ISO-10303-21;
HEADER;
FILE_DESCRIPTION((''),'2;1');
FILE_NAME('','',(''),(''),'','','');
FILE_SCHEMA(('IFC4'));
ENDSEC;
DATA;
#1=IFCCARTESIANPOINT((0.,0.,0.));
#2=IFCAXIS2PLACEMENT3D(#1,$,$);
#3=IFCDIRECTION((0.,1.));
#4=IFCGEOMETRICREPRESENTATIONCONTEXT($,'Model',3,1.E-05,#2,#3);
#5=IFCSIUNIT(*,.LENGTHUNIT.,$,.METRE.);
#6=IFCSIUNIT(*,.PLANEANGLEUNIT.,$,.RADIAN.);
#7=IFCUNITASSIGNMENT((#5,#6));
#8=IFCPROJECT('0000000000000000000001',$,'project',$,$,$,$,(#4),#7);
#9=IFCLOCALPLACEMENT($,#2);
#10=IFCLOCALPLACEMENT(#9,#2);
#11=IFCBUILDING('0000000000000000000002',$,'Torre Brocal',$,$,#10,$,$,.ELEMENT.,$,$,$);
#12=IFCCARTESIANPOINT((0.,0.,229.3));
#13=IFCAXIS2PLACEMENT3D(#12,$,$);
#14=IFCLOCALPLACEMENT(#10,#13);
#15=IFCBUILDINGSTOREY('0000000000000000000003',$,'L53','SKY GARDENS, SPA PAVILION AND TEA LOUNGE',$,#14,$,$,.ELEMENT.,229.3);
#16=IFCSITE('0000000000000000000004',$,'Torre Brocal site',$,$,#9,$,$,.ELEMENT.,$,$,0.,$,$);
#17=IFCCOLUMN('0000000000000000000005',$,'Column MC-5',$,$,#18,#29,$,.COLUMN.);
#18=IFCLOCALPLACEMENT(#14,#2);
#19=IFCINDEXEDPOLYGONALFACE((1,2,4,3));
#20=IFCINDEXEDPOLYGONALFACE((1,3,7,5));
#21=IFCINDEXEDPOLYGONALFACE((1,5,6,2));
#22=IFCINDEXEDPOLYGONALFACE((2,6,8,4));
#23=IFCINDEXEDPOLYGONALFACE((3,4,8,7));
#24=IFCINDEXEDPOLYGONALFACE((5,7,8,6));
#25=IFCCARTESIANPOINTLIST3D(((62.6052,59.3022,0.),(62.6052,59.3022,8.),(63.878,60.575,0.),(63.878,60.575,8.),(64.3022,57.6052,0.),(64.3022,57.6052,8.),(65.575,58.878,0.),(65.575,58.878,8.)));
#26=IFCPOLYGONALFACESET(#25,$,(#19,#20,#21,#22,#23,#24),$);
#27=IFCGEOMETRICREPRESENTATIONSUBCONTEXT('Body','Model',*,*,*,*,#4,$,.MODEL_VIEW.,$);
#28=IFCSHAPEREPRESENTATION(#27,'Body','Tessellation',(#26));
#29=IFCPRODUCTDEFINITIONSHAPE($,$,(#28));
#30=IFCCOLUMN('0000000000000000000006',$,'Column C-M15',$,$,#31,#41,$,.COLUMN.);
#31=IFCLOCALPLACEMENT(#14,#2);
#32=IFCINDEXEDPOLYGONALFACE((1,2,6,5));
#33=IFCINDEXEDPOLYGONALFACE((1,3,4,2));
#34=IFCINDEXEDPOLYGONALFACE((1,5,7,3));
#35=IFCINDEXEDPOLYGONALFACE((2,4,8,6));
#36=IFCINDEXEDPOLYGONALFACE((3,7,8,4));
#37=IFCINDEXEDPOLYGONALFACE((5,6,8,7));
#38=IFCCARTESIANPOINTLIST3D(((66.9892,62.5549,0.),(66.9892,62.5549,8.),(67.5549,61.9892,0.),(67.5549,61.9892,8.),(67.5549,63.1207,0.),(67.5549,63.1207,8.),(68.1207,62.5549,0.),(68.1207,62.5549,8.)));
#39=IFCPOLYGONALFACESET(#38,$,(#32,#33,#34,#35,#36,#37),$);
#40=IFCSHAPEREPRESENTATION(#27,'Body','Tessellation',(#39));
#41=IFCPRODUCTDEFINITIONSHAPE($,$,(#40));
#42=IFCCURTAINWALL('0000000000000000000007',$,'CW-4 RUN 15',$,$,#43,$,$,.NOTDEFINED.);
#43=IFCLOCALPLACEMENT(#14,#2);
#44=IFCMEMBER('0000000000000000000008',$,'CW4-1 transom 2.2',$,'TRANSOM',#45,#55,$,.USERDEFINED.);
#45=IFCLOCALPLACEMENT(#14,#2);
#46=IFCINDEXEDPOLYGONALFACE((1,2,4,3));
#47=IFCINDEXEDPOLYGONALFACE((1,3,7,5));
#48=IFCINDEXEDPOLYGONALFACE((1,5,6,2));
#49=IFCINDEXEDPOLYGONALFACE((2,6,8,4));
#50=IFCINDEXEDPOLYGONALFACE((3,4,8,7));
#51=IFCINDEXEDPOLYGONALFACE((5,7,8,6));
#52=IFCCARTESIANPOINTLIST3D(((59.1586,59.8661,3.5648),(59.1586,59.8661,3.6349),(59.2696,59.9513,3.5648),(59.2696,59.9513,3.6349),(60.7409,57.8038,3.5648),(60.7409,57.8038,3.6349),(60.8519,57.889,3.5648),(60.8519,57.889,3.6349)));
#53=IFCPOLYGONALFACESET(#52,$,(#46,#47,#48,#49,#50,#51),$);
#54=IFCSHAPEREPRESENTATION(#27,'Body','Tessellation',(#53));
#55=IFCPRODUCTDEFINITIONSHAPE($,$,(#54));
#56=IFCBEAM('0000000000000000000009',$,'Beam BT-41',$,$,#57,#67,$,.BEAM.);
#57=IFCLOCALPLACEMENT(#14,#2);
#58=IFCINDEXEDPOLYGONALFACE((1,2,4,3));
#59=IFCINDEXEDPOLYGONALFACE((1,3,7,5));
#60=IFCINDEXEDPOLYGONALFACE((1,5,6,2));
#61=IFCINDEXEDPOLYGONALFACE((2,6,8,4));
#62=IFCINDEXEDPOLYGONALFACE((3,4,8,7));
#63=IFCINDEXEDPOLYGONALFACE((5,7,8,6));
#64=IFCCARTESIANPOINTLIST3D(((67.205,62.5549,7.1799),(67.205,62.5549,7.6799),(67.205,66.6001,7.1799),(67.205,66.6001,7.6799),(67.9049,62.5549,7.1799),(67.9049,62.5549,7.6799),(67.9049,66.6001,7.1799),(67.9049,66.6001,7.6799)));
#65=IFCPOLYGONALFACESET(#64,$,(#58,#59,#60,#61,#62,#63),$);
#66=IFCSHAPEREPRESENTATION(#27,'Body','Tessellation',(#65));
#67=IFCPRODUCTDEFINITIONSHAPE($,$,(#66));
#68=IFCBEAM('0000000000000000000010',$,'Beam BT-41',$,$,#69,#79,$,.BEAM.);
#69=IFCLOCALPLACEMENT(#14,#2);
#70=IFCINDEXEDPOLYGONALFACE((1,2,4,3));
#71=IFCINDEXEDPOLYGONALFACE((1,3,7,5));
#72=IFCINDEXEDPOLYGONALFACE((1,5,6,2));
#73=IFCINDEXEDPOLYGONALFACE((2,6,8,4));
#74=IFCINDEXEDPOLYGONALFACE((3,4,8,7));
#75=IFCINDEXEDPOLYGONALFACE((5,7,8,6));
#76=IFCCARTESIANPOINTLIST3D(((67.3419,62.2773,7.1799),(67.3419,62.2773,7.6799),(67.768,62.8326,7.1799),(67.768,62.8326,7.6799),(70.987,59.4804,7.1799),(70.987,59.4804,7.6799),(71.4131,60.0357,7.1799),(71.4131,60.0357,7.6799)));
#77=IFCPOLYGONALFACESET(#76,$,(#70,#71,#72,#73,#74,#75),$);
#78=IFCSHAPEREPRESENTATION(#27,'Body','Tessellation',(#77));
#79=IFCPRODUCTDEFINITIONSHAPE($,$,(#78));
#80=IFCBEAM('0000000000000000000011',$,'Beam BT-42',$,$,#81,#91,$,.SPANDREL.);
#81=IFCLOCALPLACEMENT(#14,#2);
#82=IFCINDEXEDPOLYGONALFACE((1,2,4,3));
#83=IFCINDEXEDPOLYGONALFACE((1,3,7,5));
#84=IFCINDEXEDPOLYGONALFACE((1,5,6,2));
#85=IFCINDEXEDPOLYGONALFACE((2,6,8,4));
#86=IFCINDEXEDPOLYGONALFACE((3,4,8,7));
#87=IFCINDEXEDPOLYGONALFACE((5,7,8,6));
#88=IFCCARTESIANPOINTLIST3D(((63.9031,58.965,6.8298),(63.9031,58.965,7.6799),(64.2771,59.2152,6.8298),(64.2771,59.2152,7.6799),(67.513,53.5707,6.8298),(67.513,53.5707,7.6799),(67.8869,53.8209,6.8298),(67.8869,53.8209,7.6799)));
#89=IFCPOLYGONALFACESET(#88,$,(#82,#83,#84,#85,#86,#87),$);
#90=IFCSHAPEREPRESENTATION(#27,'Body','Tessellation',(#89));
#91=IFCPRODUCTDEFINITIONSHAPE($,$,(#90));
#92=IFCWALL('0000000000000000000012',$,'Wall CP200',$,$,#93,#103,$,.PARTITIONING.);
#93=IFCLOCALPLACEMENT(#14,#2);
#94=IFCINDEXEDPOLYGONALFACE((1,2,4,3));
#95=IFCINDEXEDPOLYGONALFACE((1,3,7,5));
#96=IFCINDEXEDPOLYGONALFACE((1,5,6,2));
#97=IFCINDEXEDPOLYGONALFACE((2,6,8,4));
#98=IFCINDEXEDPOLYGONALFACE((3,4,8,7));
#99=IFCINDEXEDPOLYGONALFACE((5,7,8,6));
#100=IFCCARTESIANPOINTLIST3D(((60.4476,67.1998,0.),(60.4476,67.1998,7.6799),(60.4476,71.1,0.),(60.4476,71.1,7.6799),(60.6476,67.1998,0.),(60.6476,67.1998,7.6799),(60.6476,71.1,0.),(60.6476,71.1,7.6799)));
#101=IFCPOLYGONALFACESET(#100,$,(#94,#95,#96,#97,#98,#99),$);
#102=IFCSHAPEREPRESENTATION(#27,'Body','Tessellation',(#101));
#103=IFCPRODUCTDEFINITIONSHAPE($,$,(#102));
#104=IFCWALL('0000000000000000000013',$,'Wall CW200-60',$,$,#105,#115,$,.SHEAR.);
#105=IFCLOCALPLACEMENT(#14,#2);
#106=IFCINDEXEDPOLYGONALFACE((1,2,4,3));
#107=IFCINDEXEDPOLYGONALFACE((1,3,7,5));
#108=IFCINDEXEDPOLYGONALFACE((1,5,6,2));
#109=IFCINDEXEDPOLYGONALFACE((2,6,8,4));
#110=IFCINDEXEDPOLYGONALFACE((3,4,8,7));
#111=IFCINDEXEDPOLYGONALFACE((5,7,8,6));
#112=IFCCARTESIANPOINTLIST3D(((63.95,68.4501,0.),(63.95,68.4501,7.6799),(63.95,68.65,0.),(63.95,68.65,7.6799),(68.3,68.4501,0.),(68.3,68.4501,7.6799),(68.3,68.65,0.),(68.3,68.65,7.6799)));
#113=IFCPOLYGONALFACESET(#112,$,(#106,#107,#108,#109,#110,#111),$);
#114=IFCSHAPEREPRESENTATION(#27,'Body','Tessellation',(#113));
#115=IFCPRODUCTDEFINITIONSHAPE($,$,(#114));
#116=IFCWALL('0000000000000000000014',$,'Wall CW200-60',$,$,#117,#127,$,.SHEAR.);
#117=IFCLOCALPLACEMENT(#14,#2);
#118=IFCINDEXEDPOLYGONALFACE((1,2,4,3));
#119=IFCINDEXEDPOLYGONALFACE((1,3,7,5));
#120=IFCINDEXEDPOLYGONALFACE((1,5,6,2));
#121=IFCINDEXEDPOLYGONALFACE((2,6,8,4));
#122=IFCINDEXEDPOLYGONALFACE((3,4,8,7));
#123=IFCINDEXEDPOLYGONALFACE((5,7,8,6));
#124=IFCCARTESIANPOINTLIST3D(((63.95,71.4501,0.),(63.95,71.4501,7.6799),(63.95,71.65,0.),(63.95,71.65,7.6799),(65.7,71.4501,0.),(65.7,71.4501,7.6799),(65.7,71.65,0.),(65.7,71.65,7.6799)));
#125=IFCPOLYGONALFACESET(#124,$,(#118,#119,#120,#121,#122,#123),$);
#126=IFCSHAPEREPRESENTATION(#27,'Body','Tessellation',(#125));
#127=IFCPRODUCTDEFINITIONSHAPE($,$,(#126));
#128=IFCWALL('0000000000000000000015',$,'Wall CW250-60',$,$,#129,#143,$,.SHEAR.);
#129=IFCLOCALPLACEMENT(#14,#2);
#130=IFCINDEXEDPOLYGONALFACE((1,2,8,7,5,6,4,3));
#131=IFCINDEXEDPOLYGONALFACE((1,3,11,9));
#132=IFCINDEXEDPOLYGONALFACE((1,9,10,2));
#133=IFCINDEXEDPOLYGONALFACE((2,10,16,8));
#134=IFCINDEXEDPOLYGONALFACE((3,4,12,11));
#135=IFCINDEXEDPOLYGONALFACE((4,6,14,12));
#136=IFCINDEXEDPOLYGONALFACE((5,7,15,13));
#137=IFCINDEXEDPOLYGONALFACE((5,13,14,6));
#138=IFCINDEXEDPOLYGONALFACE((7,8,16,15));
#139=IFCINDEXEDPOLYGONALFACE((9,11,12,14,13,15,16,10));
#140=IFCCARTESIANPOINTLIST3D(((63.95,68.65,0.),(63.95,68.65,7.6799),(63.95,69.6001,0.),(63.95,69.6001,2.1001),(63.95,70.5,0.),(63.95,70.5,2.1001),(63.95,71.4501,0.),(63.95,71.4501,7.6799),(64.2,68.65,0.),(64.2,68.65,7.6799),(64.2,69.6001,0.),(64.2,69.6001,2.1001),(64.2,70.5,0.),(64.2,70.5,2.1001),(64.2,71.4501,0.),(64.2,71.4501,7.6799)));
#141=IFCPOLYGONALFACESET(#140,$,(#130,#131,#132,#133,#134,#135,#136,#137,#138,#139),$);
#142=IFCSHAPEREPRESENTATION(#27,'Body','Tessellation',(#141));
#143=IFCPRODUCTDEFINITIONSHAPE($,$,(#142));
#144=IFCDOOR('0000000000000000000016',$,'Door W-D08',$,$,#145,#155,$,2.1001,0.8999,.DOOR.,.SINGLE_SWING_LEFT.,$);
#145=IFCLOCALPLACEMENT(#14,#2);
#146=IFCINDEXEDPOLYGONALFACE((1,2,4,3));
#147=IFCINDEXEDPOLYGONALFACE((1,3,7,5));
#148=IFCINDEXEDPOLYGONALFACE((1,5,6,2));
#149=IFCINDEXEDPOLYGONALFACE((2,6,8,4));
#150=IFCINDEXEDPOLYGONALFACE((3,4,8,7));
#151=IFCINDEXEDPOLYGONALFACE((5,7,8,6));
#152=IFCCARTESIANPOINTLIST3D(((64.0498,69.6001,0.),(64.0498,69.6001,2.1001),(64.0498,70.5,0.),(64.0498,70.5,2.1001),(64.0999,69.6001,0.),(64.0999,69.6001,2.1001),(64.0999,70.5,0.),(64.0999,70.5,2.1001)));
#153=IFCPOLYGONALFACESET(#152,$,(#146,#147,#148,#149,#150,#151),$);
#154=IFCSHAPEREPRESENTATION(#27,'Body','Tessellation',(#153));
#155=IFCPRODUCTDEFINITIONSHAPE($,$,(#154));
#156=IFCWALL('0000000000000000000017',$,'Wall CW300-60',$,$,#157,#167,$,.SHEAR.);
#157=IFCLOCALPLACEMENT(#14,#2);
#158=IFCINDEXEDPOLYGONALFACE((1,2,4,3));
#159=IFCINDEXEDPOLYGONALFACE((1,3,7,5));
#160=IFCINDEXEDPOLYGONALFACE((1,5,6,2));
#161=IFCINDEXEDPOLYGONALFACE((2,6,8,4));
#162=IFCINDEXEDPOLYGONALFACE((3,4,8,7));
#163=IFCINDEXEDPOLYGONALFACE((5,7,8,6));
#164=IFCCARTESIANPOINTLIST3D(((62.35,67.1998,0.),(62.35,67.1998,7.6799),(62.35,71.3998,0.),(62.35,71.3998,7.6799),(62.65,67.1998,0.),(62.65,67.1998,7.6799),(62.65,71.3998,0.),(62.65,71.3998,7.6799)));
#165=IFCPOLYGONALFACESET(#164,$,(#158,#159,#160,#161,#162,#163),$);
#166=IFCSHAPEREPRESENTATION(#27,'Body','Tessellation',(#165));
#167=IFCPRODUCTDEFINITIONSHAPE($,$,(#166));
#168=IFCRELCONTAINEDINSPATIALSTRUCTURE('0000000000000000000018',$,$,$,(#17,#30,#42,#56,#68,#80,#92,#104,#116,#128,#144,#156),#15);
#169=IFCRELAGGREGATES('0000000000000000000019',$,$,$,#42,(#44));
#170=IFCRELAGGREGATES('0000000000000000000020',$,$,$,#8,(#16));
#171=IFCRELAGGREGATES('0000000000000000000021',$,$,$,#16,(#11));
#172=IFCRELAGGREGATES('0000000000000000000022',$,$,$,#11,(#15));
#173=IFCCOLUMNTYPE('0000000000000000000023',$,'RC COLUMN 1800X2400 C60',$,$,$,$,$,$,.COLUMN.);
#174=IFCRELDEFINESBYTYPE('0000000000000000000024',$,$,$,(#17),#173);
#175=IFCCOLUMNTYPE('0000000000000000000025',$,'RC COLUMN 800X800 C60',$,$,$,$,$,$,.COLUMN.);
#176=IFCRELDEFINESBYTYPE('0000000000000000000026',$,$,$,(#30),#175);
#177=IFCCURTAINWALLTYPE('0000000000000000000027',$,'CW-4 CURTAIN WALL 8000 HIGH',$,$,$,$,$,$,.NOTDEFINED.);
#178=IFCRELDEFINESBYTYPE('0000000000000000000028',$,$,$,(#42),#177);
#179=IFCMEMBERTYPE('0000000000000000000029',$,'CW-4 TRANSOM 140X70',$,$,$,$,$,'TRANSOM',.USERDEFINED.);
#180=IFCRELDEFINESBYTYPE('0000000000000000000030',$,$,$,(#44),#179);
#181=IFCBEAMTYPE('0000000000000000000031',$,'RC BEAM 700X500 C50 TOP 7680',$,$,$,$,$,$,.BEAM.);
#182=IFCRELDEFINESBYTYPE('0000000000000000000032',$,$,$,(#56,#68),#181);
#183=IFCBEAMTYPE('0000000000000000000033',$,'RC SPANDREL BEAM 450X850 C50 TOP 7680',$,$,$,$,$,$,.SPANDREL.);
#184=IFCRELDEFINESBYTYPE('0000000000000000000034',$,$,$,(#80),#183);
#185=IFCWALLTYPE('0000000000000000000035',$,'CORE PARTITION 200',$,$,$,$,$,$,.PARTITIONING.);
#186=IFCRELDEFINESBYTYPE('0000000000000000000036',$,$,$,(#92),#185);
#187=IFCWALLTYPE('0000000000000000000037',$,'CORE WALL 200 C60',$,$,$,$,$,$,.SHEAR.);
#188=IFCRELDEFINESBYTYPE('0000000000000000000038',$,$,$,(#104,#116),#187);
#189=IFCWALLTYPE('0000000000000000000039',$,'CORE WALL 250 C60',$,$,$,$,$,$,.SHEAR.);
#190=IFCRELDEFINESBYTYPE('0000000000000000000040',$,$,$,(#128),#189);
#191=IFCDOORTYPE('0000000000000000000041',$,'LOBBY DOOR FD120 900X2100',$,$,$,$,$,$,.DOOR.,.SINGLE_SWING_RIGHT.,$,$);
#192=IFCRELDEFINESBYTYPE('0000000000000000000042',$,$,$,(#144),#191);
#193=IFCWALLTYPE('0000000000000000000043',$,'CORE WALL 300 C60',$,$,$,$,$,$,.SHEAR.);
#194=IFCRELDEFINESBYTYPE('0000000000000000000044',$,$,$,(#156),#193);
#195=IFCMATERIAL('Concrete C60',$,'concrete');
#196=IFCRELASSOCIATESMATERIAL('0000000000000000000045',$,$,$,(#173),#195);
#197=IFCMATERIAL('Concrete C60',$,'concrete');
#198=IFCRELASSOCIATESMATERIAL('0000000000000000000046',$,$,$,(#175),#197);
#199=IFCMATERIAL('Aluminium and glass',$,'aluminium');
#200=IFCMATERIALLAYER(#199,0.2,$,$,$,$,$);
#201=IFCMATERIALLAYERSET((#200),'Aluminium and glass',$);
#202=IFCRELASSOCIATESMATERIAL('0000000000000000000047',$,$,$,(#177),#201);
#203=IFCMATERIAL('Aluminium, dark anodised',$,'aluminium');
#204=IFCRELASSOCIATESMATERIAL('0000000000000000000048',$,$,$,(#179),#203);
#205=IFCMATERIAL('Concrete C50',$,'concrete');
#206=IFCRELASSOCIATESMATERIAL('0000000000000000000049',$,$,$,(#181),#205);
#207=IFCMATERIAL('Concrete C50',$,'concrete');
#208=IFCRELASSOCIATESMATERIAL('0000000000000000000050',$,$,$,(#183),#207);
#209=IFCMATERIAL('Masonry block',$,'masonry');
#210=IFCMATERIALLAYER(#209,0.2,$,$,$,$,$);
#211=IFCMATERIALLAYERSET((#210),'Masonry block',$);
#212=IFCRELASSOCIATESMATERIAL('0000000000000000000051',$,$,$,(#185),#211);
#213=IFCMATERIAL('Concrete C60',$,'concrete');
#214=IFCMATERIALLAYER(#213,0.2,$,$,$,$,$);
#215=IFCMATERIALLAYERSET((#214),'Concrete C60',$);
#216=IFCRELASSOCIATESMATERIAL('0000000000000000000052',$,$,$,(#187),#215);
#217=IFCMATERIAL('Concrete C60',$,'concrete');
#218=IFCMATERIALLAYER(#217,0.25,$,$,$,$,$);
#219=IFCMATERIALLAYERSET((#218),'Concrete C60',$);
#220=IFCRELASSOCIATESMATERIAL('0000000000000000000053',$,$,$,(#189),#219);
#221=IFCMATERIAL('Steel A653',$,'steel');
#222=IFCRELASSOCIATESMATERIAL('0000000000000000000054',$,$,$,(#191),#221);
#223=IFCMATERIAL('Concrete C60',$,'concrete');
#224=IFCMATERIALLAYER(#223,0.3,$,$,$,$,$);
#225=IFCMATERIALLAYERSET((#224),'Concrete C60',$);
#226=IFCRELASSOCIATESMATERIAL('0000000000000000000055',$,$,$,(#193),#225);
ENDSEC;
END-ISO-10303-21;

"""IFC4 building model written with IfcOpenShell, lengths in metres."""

from ifc_helpers import new_model, si_unit, direction, frame, frame_2d, origin, origin_2d, place, context, subcontext, project, spatial, rectangle, extrude, material, layer, layer_set, material_profile, profile_set, type_object, element, fill, aggregate, save


model = new_model("IFC4")

# Units and contexts
model_context = context("Model", 3, precision=1e-05, world=origin(), true_north=direction((0.0, 1.0)))
body_context = subcontext(model_context, "Body", "Model", "MODEL_VIEW")
ifc_project = project(units=[si_unit("LENGTHUNIT", "METRE"), si_unit("PLANEANGLEUNIT", "RADIAN")], contexts=[model_context])

# Site, building, storey
site_placement = place(None, origin())
site = spatial("IfcSite", under=ifc_project, at=site_placement, Name="Torre Brocal site", CompositionType="ELEMENT", RefElevation=0.0)
building_placement = place(site_placement, origin())
building = spatial("IfcBuilding", under=site, at=building_placement, Name="Torre Brocal", CompositionType="ELEMENT")
storey_placement = place(building_placement, frame((0.0, 0.0, 229.3)))
storey = spatial("IfcBuildingStorey", under=building, at=storey_placement, Name="L53", Description="SKY GARDENS, SPA PAVILION AND TEA LOUNGE", CompositionType="ELEMENT", Elevation=229.3)

# Columns
ifc_material_1 = material(Name="Concrete C60", Category="concrete")
ifc_material_profile_1 = material_profile(ifc_material_1, rectangle(XDim=1.8, YDim=2.3999, at=origin_2d()), Name="RC 1800X2400")
ifc_profile_set_1 = profile_set([ifc_material_profile_1], Name="Concrete C60")
column_type_1 = type_object("IfcColumnType", Name="RC COLUMN 1800X2400 C60", PredefinedType="COLUMN", material=ifc_profile_set_1)
column_1_placement = place(storey_placement, frame((64.0901, 59.0901, 0.0), z_axis=(0.0, 0.0, 1.0), x_axis=(-0.707107, -0.707107, 0.0)))
element("IfcColumn", 1, at=column_1_placement, inside=storey, type_object=column_type_1, Name="Column MC-5", PredefinedType="COLUMN", context=body_context, shape_type="SweptSolid", body=[
    extrude(rectangle(XDim=1.8, YDim=2.3999, at=origin_2d()), origin(), (0.0, 0.0, 1.0), 8.0),
])
ifc_material_2 = material(Name="Concrete C60", Category="concrete")
ifc_material_profile_2 = material_profile(ifc_material_2, rectangle(XDim=0.8, YDim=0.8, at=origin_2d()), Name="RC 800X800")
ifc_profile_set_2 = profile_set([ifc_material_profile_2], Name="Concrete C60")
column_type_2 = type_object("IfcColumnType", Name="RC COLUMN 800X800 C60", PredefinedType="COLUMN", material=ifc_profile_set_2)
column_2_placement = place(storey_placement, frame((67.5549, 62.5549, 0.0), z_axis=(0.0, 0.0, 1.0), x_axis=(-0.707107, -0.707107, 0.0)))
element("IfcColumn", 2, at=column_2_placement, inside=storey, type_object=column_type_2, Name="Column C-M15", PredefinedType="COLUMN", context=body_context, shape_type="SweptSolid", body=[
    extrude(rectangle(XDim=0.8, YDim=0.8, at=origin_2d()), origin(), (0.0, 0.0, 1.0), 8.0),
])

# Curtain wall, member
ifc_material_3 = material(Name="Aluminium and glass", Category="aluminium")
ifc_layer_1 = layer(ifc_material_3, 0.2)
ifc_layer_set_1 = layer_set([ifc_layer_1], Name="Aluminium and glass")
curtain_wall_type = type_object("IfcCurtainWallType", Name="CW-4 CURTAIN WALL 8000 HIGH", PredefinedType="NOTDEFINED", material=ifc_layer_set_1)
curtain_wall_placement = place(storey_placement, origin())
curtain_wall = element("IfcCurtainWall", 3, at=curtain_wall_placement, inside=storey, type_object=curtain_wall_type, Name="CW-4 RUN 15", PredefinedType="NOTDEFINED")
ifc_material_4 = material(Name="Aluminium, dark anodised", Category="aluminium")
ifc_material_profile_3 = material_profile(ifc_material_4, rectangle(XDim=0.1399, YDim=0.0701, at=origin_2d()), Name="CW-4 TRANSOM 140X70")
ifc_profile_set_3 = profile_set([ifc_material_profile_3], Name="Aluminium, dark anodised")
member_type = type_object("IfcMemberType", Name="CW-4 TRANSOM 140X70", ElementType="TRANSOM", PredefinedType="USERDEFINED", material=ifc_profile_set_3)
member_placement = place(storey_placement, frame((59.2141, 59.9087, 3.5999), z_axis=(0.608725, -0.793381, 0.0), x_axis=(0.793381, 0.608725, 0.0)))
member = element("IfcMember", 4, at=member_placement, type_object=member_type, Name="CW4-1 transom 2.2", ObjectType="TRANSOM", PredefinedType="USERDEFINED", context=body_context, shape_type="SweptSolid", body=[
    extrude(rectangle(XDim=0.1399, YDim=0.0701, at=origin_2d()), origin(), (0.0, 0.0, 1.0), 2.5994),
])
aggregate(curtain_wall, [member])

# Beams
ifc_material_5 = material(Name="Concrete C50", Category="concrete")
ifc_material_profile_4 = material_profile(ifc_material_5, rectangle(XDim=0.7, YDim=0.5, at=origin_2d()), Name="RC 700X500")
ifc_profile_set_4 = profile_set([ifc_material_profile_4], Name="Concrete C50")
beam_type_1 = type_object("IfcBeamType", Name="RC BEAM 700X500 C50 TOP 7680", PredefinedType="BEAM", material=ifc_profile_set_4)
beam_1_placement = place(storey_placement, frame((67.5549, 62.5549, 7.4299), z_axis=(0.0, 1.0, 0.0), x_axis=(-1.0, 0.0, 0.0)))
element("IfcBeam", 5, at=beam_1_placement, inside=storey, type_object=beam_type_1, Name="Beam BT-41", PredefinedType="BEAM", context=body_context, shape_type="SweptSolid", body=[
    extrude(rectangle(XDim=0.7, YDim=0.5, at=origin_2d()), origin(), (0.0, 0.0, 1.0), 4.0452),
])
beam_2_placement = place(storey_placement, frame((67.5549, 62.5549, 7.4299), z_axis=(0.793358, -0.608755, 0.0), x_axis=(0.608755, 0.793358, 0.0)))
element("IfcBeam", 6, at=beam_2_placement, inside=storey, type_object=beam_type_1, Name="Beam BT-41", PredefinedType="BEAM", context=body_context, shape_type="SweptSolid", body=[
    extrude(rectangle(XDim=0.7, YDim=0.5, at=origin_2d()), origin(), (0.0, 0.0, 1.0), 4.5945),
])
ifc_material_6 = material(Name="Concrete C50", Category="concrete")
ifc_material_profile_5 = material_profile(ifc_material_6, rectangle(XDim=0.45, YDim=0.8501, at=origin_2d()), Name="RC 450X850")
ifc_profile_set_5 = profile_set([ifc_material_profile_5], Name="Concrete C50")
beam_type_2 = type_object("IfcBeamType", Name="RC SPANDREL BEAM 450X850 C50 TOP 7680", PredefinedType="SPANDREL", material=ifc_profile_set_5)
beam_3_placement = place(storey_placement, frame((64.0901, 59.0901, 7.2549), z_axis=(0.556158, -0.831077, 0.0), x_axis=(0.831077, 0.556158, 0.0)))
element("IfcBeam", 7, at=beam_3_placement, inside=storey, type_object=beam_type_2, Name="Beam BT-42", PredefinedType="SPANDREL", context=body_context, shape_type="SweptSolid", body=[
    extrude(rectangle(XDim=0.45, YDim=0.8501, at=origin_2d()), origin(), (0.0, 0.0, 1.0), 6.4907),
])

# Walls
ifc_material_7 = material(Name="Masonry block", Category="masonry")
ifc_layer_2 = layer(ifc_material_7, 0.2)
ifc_layer_set_2 = layer_set([ifc_layer_2], Name="Masonry block")
wall_type_1 = type_object("IfcWallType", Name="CORE PARTITION 200", PredefinedType="PARTITIONING", material=ifc_layer_set_2)
wall_1_placement = place(storey_placement, frame((60.5476, 71.1001, 0.0), z_axis=(0.0, 0.0, 1.0), x_axis=(0.0, -1.0, 0.0)))
element("IfcWall", 8, at=wall_1_placement, inside=storey, type_object=wall_type_1, Name="Wall CP200", PredefinedType="PARTITIONING", context=body_context, shape_type="SweptSolid", body=[
    extrude(rectangle(XDim=3.9001, YDim=0.2, at=frame_2d((1.9502, 0.0))), origin(), (0.0, 0.0, 1.0), 7.6799),
])
ifc_material_8 = material(Name="Concrete C60", Category="concrete")
ifc_layer_3 = layer(ifc_material_8, 0.2)
ifc_layer_set_3 = layer_set([ifc_layer_3], Name="Concrete C60")
wall_type_2 = type_object("IfcWallType", Name="CORE WALL 200 C60", PredefinedType="SHEAR", material=ifc_layer_set_3)
wall_2_placement = place(storey_placement, frame((68.3, 68.55, 0.0), z_axis=(0.0, 0.0, 1.0), x_axis=(-1.0, 0.0, 0.0)))
element("IfcWall", 9, at=wall_2_placement, inside=storey, type_object=wall_type_2, Name="Wall CW200-60", PredefinedType="SHEAR", context=body_context, shape_type="SweptSolid", body=[
    extrude(rectangle(XDim=4.3501, YDim=0.2, at=frame_2d((2.175, 0.0))), origin(), (0.0, 0.0, 1.0), 7.6799),
])
wall_3_placement = place(storey_placement, frame((65.7, 71.55, 0.0), z_axis=(0.0, 0.0, 1.0), x_axis=(-1.0, 0.0, 0.0)))
element("IfcWall", 10, at=wall_3_placement, inside=storey, type_object=wall_type_2, Name="Wall CW200-60", PredefinedType="SHEAR", context=body_context, shape_type="SweptSolid", body=[
    extrude(rectangle(XDim=1.75, YDim=0.2, at=frame_2d((0.875, 0.0))), origin(), (0.0, 0.0, 1.0), 7.6799),
])

# Wall, opening, door
ifc_material_9 = material(Name="Concrete C60", Category="concrete")
ifc_layer_4 = layer(ifc_material_9, 0.25)
ifc_layer_set_4 = layer_set([ifc_layer_4], Name="Concrete C60")
wall_type_3 = type_object("IfcWallType", Name="CORE WALL 250 C60", PredefinedType="SHEAR", material=ifc_layer_set_4)
wall_4_placement = place(storey_placement, frame((64.075, 71.45, 0.0), z_axis=(0.0, 0.0, 1.0), x_axis=(0.0, -1.0, 0.0)))
wall_4 = element("IfcWall", 11, at=wall_4_placement, inside=storey, type_object=wall_type_3, Name="Wall CW250-60", PredefinedType="SHEAR", context=body_context, shape_type="SweptSolid", body=[
    extrude(rectangle(XDim=2.8, YDim=0.25, at=frame_2d((1.3999, 0.0))), origin(), (0.0, 0.0, 1.0), 7.6799),
])
opening_1_placement = place(wall_4_placement, frame((0.95, 0.0, 0.0)))
opening_1 = element("IfcOpeningElement", 12, at=opening_1_placement, cuts=wall_4, PredefinedType="OPENING", context=body_context, shape_type="SweptSolid", body=[
    extrude(rectangle(XDim=0.8999, YDim=2.1001, at=frame_2d((0.45, 1.05))), frame((0.0, 0.135, 0.0), z_axis=(0.0, -1.0, 0.0), x_axis=(1.0, 0.0, 0.0)), (0.0, 0.0, 1.0), 0.27),
])
ifc_material_10 = material(Name="Steel A653", Category="steel")
door_type_1 = type_object("IfcDoorType", Name="LOBBY DOOR FD120 900X2100", OperationType="SINGLE_SWING_RIGHT", PredefinedType="DOOR", material=ifc_material_10)
door_1_placement = place(opening_1_placement, origin())
door_1 = element("IfcDoor", 13, at=door_1_placement, inside=storey, type_object=door_type_1, Name="Door W-D08", OperationType="SINGLE_SWING_LEFT", OverallHeight=2.1001, OverallWidth=0.8999, PredefinedType="DOOR", context=body_context, shape_type="SweptSolid", body=[
    extrude(rectangle(XDim=0.8999, YDim=2.1001, at=frame_2d((0.45, 1.05))), frame((0.0, 0.0249, 0.0), z_axis=(0.0, -1.0, 0.0), x_axis=(1.0, 0.0, 0.0)), (0.0, 0.0, 1.0), 0.05),
])
fill(opening_1, door_1)

# Wall
ifc_material_11 = material(Name="Concrete C60", Category="concrete")
ifc_layer_5 = layer(ifc_material_11, 0.3)
ifc_layer_set_5 = layer_set([ifc_layer_5], Name="Concrete C60")
wall_type_4 = type_object("IfcWallType", Name="CORE WALL 300 C60", PredefinedType="SHEAR", material=ifc_layer_set_5)
wall_5_placement = place(storey_placement, frame((62.5, 71.3999, 0.0), z_axis=(0.0, 0.0, 1.0), x_axis=(0.0, -1.0, 0.0)))
element("IfcWall", 14, at=wall_5_placement, inside=storey, type_object=wall_type_4, Name="Wall CW300-60", PredefinedType="SHEAR", context=body_context, shape_type="SweptSolid", body=[
    extrude(rectangle(XDim=4.2, YDim=0.3, at=frame_2d((2.1001, 0.0))), origin(), (0.0, 0.0, 1.0), 7.6799),
])

save(model, "model.ifc")
